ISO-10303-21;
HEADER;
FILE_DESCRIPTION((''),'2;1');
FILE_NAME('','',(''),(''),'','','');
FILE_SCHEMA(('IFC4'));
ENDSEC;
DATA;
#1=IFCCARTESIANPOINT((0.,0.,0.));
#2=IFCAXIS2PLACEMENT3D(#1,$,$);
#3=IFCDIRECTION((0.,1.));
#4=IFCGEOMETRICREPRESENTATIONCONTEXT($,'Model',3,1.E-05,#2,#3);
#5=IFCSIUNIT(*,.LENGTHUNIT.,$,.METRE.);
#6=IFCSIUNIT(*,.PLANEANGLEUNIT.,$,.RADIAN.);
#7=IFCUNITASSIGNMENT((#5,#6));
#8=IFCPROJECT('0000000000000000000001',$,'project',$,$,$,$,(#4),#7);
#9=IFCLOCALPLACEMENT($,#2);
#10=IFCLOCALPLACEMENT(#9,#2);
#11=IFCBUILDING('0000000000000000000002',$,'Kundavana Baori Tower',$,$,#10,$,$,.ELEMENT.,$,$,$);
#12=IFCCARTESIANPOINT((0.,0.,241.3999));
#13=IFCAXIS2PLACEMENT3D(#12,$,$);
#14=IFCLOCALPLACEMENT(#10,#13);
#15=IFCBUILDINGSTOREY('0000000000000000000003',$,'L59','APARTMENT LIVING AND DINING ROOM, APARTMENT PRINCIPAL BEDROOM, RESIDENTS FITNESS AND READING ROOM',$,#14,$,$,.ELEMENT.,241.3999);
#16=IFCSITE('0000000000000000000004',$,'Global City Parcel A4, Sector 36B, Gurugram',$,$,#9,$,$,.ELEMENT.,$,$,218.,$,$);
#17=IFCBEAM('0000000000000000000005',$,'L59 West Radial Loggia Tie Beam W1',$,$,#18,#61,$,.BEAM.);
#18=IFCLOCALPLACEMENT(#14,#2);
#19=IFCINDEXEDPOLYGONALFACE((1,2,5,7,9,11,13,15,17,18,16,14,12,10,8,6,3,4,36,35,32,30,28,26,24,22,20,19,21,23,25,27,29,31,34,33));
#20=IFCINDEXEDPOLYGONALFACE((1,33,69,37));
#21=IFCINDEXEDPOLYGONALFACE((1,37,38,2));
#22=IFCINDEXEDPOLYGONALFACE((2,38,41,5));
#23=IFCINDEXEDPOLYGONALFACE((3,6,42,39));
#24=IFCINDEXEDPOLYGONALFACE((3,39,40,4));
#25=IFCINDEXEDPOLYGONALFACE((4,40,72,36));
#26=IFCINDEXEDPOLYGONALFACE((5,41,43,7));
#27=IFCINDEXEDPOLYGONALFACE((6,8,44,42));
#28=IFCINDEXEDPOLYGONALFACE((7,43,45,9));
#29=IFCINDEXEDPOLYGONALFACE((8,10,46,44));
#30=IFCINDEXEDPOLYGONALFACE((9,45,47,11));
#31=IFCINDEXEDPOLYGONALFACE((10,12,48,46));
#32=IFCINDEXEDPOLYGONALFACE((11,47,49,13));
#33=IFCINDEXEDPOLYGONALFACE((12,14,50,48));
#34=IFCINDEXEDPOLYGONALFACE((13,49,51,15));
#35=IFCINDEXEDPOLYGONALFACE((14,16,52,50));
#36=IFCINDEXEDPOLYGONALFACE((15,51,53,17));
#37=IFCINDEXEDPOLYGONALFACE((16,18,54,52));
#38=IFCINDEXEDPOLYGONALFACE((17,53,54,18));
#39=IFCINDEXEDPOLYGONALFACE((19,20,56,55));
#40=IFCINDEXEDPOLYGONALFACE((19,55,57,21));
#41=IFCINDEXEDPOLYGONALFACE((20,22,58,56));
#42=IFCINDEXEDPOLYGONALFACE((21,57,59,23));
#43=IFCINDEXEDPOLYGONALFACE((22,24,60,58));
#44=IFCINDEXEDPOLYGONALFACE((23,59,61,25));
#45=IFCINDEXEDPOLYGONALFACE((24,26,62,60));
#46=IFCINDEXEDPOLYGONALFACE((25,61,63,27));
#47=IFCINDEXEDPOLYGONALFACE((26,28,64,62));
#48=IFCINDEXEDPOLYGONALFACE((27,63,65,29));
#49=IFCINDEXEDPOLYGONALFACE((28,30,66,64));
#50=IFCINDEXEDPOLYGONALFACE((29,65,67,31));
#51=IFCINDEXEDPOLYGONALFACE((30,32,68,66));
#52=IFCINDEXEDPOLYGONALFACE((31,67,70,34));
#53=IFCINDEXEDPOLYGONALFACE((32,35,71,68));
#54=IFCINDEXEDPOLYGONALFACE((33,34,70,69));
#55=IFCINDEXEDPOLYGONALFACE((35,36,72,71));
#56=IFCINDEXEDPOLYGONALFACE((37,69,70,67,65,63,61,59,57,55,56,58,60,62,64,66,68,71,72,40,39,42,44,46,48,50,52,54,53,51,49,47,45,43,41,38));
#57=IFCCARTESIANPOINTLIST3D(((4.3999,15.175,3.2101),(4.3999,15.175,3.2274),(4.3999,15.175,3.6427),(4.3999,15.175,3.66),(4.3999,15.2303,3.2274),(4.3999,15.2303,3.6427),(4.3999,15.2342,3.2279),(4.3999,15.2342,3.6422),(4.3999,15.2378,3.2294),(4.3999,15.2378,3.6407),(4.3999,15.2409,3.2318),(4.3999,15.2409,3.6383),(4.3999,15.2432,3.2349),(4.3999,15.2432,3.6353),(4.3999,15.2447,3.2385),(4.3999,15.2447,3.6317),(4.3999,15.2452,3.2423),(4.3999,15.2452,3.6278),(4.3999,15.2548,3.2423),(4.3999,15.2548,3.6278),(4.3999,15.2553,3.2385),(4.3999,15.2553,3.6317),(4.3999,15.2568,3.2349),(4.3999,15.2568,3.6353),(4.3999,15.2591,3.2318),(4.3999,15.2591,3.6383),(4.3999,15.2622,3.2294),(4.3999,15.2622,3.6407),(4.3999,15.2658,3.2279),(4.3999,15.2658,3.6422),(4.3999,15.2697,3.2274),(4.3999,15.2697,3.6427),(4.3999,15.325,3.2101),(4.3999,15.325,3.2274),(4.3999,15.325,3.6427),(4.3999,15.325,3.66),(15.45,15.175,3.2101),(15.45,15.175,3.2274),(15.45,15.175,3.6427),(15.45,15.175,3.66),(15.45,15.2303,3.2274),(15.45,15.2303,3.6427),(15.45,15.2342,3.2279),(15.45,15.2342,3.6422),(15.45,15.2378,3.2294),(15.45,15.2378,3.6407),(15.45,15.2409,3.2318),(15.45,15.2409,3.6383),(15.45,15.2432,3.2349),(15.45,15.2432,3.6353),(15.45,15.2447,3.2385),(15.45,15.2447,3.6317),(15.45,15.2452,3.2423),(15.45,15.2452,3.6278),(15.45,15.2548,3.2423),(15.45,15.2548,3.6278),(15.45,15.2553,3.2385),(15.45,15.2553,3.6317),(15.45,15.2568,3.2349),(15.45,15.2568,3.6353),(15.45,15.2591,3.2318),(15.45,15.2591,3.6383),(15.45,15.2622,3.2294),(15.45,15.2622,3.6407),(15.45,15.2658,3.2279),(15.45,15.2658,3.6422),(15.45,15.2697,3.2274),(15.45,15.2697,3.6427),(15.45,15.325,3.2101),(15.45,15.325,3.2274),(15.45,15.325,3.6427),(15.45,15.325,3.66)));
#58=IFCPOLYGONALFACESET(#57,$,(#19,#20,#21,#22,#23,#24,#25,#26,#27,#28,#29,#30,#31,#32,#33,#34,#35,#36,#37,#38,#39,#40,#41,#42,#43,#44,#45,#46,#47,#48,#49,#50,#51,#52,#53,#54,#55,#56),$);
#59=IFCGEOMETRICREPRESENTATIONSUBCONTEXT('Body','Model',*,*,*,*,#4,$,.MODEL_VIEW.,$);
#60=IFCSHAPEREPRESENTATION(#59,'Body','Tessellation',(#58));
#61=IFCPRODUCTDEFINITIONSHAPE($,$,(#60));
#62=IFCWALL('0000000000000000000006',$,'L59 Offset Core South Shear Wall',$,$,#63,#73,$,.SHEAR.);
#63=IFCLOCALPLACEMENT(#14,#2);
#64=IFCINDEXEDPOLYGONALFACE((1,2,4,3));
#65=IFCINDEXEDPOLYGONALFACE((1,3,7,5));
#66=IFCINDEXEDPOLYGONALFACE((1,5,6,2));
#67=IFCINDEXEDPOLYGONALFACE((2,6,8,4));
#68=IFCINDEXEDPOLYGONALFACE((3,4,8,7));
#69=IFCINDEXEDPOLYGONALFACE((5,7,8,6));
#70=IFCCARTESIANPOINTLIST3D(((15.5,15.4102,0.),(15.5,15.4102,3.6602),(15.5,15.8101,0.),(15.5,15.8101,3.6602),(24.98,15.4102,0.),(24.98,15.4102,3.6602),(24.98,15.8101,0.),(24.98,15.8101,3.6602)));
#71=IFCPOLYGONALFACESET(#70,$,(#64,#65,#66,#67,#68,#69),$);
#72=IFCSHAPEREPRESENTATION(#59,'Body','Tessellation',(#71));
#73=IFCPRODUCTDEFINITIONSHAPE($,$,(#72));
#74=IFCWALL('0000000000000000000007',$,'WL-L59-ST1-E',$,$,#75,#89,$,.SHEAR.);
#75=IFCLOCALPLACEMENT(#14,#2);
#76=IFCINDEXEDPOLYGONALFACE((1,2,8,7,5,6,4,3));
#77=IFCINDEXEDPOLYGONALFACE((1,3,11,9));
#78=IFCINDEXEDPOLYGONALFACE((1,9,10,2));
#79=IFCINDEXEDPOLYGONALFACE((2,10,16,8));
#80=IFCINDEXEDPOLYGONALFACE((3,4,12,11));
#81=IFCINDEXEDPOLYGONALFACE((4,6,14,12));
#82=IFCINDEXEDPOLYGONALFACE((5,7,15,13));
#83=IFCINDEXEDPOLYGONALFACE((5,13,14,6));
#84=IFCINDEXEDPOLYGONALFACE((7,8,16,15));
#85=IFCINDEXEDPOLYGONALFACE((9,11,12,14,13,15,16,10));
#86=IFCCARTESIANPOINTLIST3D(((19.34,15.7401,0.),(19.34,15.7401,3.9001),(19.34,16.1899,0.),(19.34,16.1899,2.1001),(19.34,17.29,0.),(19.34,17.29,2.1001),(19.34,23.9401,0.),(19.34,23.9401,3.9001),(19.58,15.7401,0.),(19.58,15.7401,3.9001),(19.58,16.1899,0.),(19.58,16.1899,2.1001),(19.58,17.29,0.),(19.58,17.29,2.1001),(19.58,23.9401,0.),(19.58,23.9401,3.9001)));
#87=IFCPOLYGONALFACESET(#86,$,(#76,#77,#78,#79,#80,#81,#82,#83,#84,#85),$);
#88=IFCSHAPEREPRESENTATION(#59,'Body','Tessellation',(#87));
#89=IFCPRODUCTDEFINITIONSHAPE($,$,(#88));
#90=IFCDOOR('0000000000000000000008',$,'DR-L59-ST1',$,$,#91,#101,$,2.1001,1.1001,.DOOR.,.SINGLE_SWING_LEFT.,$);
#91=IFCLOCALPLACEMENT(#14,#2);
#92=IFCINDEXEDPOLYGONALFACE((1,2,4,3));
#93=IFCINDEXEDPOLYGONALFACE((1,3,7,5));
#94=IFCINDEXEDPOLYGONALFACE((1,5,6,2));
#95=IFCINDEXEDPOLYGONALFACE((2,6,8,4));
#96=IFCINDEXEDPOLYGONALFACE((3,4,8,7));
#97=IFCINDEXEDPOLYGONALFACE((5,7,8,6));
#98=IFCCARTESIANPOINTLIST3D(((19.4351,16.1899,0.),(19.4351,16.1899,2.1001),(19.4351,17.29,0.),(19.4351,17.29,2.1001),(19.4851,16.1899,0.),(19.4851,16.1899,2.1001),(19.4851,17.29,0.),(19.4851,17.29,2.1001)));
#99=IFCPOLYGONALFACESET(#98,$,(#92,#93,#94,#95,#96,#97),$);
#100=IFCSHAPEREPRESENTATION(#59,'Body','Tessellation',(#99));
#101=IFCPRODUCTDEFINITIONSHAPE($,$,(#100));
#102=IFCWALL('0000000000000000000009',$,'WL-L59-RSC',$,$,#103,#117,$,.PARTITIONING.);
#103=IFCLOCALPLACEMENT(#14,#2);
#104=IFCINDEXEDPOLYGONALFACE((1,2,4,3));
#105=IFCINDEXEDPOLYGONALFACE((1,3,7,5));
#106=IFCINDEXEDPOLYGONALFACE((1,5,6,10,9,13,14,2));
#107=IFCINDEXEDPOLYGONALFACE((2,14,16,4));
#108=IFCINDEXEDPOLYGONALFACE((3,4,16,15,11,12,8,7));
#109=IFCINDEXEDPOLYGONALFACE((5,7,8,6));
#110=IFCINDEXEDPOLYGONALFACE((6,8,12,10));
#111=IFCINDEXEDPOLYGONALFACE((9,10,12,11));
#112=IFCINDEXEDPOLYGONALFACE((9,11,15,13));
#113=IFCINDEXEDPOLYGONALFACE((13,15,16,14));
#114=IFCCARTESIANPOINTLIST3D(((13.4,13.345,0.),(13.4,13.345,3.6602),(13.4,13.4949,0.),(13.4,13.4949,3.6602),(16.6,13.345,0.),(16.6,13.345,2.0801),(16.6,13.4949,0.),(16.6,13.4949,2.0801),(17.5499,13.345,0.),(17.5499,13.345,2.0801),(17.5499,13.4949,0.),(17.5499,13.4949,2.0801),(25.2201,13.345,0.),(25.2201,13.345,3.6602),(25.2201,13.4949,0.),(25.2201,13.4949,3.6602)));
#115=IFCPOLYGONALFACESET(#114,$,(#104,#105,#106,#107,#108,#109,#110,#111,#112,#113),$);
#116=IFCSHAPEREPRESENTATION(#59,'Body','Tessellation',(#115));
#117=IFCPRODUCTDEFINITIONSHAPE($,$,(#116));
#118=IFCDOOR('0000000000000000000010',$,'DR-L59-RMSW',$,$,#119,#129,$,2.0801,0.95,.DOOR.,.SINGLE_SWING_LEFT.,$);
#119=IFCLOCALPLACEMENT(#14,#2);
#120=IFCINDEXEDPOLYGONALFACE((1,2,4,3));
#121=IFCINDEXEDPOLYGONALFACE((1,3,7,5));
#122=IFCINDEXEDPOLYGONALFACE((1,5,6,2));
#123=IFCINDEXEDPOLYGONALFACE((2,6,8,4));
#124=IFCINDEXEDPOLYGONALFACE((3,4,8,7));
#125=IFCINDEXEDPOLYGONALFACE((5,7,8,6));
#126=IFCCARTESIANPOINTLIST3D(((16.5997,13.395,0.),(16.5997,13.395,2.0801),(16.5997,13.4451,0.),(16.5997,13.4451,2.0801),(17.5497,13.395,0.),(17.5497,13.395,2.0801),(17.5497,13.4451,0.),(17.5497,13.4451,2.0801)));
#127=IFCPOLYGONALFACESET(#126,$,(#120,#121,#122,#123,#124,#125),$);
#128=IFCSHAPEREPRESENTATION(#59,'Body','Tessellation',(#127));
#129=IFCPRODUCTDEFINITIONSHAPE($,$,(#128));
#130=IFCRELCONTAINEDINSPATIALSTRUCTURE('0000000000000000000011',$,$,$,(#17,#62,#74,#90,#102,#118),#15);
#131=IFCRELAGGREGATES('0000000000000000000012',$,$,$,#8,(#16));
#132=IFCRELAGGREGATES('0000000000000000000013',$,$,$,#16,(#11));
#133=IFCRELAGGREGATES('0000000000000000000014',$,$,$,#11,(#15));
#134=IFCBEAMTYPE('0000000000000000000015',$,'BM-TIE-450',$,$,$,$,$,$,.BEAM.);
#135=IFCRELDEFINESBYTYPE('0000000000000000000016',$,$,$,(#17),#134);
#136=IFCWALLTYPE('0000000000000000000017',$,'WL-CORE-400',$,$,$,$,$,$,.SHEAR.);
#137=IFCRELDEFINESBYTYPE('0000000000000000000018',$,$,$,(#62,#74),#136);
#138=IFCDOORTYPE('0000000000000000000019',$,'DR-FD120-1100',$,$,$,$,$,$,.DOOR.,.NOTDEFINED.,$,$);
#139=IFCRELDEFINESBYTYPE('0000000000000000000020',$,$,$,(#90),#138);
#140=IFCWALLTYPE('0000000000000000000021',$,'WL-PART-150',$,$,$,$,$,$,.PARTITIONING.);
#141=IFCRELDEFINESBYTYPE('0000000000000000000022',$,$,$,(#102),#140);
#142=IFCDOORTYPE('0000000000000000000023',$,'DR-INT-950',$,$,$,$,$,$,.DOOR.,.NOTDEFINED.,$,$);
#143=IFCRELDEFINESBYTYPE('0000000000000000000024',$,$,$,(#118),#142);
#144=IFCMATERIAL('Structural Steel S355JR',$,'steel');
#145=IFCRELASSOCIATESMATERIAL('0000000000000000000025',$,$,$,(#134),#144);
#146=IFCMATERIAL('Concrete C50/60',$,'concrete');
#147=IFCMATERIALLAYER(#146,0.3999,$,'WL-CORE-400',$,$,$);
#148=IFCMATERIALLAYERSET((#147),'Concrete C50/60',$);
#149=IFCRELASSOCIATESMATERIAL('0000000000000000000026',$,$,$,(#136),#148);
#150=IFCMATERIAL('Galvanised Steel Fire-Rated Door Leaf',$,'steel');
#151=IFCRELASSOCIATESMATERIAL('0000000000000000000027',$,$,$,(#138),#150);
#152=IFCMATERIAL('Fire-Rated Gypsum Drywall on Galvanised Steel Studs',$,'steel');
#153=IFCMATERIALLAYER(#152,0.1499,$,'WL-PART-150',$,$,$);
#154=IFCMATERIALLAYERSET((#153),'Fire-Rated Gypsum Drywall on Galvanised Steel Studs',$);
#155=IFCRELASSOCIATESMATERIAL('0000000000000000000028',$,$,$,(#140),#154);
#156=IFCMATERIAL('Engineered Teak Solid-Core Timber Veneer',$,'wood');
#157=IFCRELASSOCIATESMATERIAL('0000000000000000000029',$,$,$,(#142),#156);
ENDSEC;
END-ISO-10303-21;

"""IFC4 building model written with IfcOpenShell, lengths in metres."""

from ifc_helpers import new_model, si_unit, direction, frame, frame_2d, origin, origin_2d, place, context, subcontext, project, spatial, rectangle, i_section, extrude, material, layer, layer_set, material_profile, profile_set, type_object, element, fill, save


model = new_model("IFC4")

# Units and contexts
model_context = context("Model", 3, precision=1e-05, world=origin(), true_north=direction((0.0, 1.0)))
body_context = subcontext(model_context, "Body", "Model", "MODEL_VIEW")
ifc_project = project(units=[si_unit("LENGTHUNIT", "METRE"), si_unit("PLANEANGLEUNIT", "RADIAN")], contexts=[model_context])

# Site, building, storey
site_placement = place(None, origin())
site = spatial("IfcSite", under=ifc_project, at=site_placement, Name="Global City Parcel A4, Sector 36B, Gurugram", CompositionType="ELEMENT", RefElevation=218.0)
building_placement = place(site_placement, origin())
building = spatial("IfcBuilding", under=site, at=building_placement, Name="Kundavana Baori Tower", CompositionType="ELEMENT")
storey_placement = place(building_placement, frame((0.0, 0.0, 241.3999)))
storey = spatial("IfcBuildingStorey", under=building, at=storey_placement, Name="L59", Description="APARTMENT LIVING AND DINING ROOM, APARTMENT PRINCIPAL BEDROOM, RESIDENTS FITNESS AND READING ROOM", CompositionType="ELEMENT", Elevation=241.3999)

# Beam
ifc_material_1 = material(Name="Structural Steel S355JR", Category="steel")
ifc_material_profile_1 = material_profile(ifc_material_1, i_section(OverallWidth=0.1499, OverallDepth=0.45, WebThickness=0.0095, FlangeThickness=0.0173, FilletRadius=0.0149, at=origin_2d()), Name="ISMB 450")
ifc_profile_set_1 = profile_set([ifc_material_profile_1], Name="Structural Steel S355JR")
beam_type_1 = type_object("IfcBeamType", Name="BM-TIE-450", PredefinedType="BEAM", material=ifc_profile_set_1)
for number, where, z_axis, x_axis, name in (
    (1, (15.45, 15.25, 3.4351), (-1.0, 0.0, 0.0), (0.0, -1.0, 0.0), "L59 West Radial Loggia Tie Beam W1"),
):
    element("IfcBeam", number, at=place(storey_placement, frame(where, z_axis=z_axis, x_axis=x_axis)), inside=storey, type_object=beam_type_1, Name=name, PredefinedType="BEAM", context=body_context, shape_type="SweptSolid", body=[
        extrude(i_section(OverallWidth=0.1499, OverallDepth=0.45, WebThickness=0.0095, FlangeThickness=0.0173, FilletRadius=0.0149, at=origin_2d()), origin(), (0.0, 0.0, 1.0), 11.05),
    ])

# Wall
ifc_material_2 = material(Name="Concrete C50/60", Category="concrete")
ifc_layer_1 = layer(ifc_material_2, 0.3999, Name="WL-CORE-400")
ifc_layer_set_1 = layer_set([ifc_layer_1], Name="Concrete C50/60")
wall_type_1 = type_object("IfcWallType", Name="WL-CORE-400", PredefinedType="SHEAR", material=ifc_layer_set_1)
wall_1_placement = place(storey_placement, frame((15.5, 15.6101, 0.0), z_axis=(0.0, 0.0, 1.0), x_axis=(1.0, 0.0, 0.0)))
element("IfcWall", 2, at=wall_1_placement, inside=storey, type_object=wall_type_1, Name="L59 Offset Core South Shear Wall", PredefinedType="SHEAR", context=body_context, shape_type="SweptSolid", body=[
    extrude(rectangle(XDim=9.48, YDim=0.3999, at=frame_2d((4.74, 0.0))), origin(), (0.0, 0.0, 1.0), 3.6602),
])

# Walls, openings, doors
wall_2_placement = place(storey_placement, frame((19.46, 15.74, 0.0), z_axis=(0.0, 0.0, 1.0), x_axis=(0.0, 1.0, 0.0)))
wall_2 = element("IfcWall", 3, at=wall_2_placement, inside=storey, type_object=wall_type_1, Name="WL-L59-ST1-E", PredefinedType="SHEAR", context=body_context, shape_type="SweptSolid", body=[
    extrude(rectangle(XDim=8.2, YDim=0.24, at=frame_2d((4.1001, 0.0))), origin(), (0.0, 0.0, 1.0), 3.9001),
])
opening_1_placement = place(wall_2_placement, frame((0.45, 0.0, 0.0)))
opening_1 = element("IfcOpeningElement", 4, at=opening_1_placement, cuts=wall_2, PredefinedType="OPENING", context=body_context, shape_type="SweptSolid", body=[
    extrude(rectangle(XDim=1.1001, YDim=2.1001, at=frame_2d((0.55, 1.05))), frame((0.0, 0.1299, 0.0), z_axis=(0.0, -1.0, 0.0), x_axis=(1.0, 0.0, 0.0)), (0.0, 0.0, 1.0), 0.26),
])
ifc_material_3 = material(Name="Galvanised Steel Fire-Rated Door Leaf", Category="steel")
door_type_1 = type_object("IfcDoorType", Name="DR-FD120-1100", OperationType="NOTDEFINED", PredefinedType="DOOR", material=ifc_material_3)
door_1_placement = place(opening_1_placement, origin())
door_1 = element("IfcDoor", 5, at=door_1_placement, inside=storey, type_object=door_type_1, Name="DR-L59-ST1", OperationType="SINGLE_SWING_LEFT", OverallHeight=2.1001, OverallWidth=1.1001, PredefinedType="DOOR", context=body_context, shape_type="SweptSolid", body=[
    extrude(rectangle(XDim=1.1001, YDim=2.1001, at=frame_2d((0.55, 1.05))), frame((0.0, 0.0249, 0.0), z_axis=(0.0, -1.0, 0.0), x_axis=(1.0, 0.0, 0.0)), (0.0, 0.0, 1.0), 0.05),
])
fill(opening_1, door_1)
ifc_material_4 = material(Name="Fire-Rated Gypsum Drywall on Galvanised Steel Studs", Category="steel")
ifc_layer_2 = layer(ifc_material_4, 0.1499, Name="WL-PART-150")
ifc_layer_set_2 = layer_set([ifc_layer_2], Name="Fire-Rated Gypsum Drywall on Galvanised Steel Studs")
wall_type_2 = type_object("IfcWallType", Name="WL-PART-150", PredefinedType="PARTITIONING", material=ifc_layer_set_2)
wall_3_placement = place(storey_placement, frame((13.3999, 13.4199, 0.0), z_axis=(0.0, 0.0, 1.0), x_axis=(1.0, 0.0, 0.0)))
wall_3 = element("IfcWall", 6, at=wall_3_placement, inside=storey, type_object=wall_type_2, Name="WL-L59-RSC", PredefinedType="PARTITIONING", context=body_context, shape_type="SweptSolid", body=[
    extrude(rectangle(XDim=11.8201, YDim=0.1499, at=frame_2d((5.9102, 0.0))), origin(), (0.0, 0.0, 1.0), 3.6602),
])
opening_2_placement = place(wall_3_placement, frame((3.2, 0.0, 0.0)))
opening_2 = element("IfcOpeningElement", 7, at=opening_2_placement, cuts=wall_3, PredefinedType="OPENING", context=body_context, shape_type="SweptSolid", body=[
    extrude(rectangle(XDim=0.95, YDim=2.0801, at=frame_2d((0.4751, 1.04))), frame((0.0, 0.085, 0.0), z_axis=(0.0, -1.0, 0.0), x_axis=(1.0, 0.0, 0.0)), (0.0, 0.0, 1.0), 0.1699),
])
ifc_material_5 = material(Name="Engineered Teak Solid-Core Timber Veneer", Category="wood")
door_type_2 = type_object("IfcDoorType", Name="DR-INT-950", OperationType="NOTDEFINED", PredefinedType="DOOR", material=ifc_material_5)
door_2_placement = place(opening_2_placement, frame((0.95, 0.0, 0.0), z_axis=(0.0, 0.0, 1.0), x_axis=(-1.0, 0.0, 0.0)))
door_2 = element("IfcDoor", 8, at=door_2_placement, inside=storey, type_object=door_type_2, Name="DR-L59-RMSW", OperationType="SINGLE_SWING_LEFT", OverallHeight=2.0801, OverallWidth=0.95, PredefinedType="DOOR", context=body_context, shape_type="SweptSolid", body=[
    extrude(rectangle(XDim=0.95, YDim=2.0801, at=frame_2d((0.4751, 1.04))), frame((0.0, 0.0249, 0.0), z_axis=(0.0, -1.0, 0.0), x_axis=(1.0, 0.0, 0.0)), (0.0, 0.0, 1.0), 0.05),
])
fill(opening_2, door_2)

save(model, "model.ifc")
